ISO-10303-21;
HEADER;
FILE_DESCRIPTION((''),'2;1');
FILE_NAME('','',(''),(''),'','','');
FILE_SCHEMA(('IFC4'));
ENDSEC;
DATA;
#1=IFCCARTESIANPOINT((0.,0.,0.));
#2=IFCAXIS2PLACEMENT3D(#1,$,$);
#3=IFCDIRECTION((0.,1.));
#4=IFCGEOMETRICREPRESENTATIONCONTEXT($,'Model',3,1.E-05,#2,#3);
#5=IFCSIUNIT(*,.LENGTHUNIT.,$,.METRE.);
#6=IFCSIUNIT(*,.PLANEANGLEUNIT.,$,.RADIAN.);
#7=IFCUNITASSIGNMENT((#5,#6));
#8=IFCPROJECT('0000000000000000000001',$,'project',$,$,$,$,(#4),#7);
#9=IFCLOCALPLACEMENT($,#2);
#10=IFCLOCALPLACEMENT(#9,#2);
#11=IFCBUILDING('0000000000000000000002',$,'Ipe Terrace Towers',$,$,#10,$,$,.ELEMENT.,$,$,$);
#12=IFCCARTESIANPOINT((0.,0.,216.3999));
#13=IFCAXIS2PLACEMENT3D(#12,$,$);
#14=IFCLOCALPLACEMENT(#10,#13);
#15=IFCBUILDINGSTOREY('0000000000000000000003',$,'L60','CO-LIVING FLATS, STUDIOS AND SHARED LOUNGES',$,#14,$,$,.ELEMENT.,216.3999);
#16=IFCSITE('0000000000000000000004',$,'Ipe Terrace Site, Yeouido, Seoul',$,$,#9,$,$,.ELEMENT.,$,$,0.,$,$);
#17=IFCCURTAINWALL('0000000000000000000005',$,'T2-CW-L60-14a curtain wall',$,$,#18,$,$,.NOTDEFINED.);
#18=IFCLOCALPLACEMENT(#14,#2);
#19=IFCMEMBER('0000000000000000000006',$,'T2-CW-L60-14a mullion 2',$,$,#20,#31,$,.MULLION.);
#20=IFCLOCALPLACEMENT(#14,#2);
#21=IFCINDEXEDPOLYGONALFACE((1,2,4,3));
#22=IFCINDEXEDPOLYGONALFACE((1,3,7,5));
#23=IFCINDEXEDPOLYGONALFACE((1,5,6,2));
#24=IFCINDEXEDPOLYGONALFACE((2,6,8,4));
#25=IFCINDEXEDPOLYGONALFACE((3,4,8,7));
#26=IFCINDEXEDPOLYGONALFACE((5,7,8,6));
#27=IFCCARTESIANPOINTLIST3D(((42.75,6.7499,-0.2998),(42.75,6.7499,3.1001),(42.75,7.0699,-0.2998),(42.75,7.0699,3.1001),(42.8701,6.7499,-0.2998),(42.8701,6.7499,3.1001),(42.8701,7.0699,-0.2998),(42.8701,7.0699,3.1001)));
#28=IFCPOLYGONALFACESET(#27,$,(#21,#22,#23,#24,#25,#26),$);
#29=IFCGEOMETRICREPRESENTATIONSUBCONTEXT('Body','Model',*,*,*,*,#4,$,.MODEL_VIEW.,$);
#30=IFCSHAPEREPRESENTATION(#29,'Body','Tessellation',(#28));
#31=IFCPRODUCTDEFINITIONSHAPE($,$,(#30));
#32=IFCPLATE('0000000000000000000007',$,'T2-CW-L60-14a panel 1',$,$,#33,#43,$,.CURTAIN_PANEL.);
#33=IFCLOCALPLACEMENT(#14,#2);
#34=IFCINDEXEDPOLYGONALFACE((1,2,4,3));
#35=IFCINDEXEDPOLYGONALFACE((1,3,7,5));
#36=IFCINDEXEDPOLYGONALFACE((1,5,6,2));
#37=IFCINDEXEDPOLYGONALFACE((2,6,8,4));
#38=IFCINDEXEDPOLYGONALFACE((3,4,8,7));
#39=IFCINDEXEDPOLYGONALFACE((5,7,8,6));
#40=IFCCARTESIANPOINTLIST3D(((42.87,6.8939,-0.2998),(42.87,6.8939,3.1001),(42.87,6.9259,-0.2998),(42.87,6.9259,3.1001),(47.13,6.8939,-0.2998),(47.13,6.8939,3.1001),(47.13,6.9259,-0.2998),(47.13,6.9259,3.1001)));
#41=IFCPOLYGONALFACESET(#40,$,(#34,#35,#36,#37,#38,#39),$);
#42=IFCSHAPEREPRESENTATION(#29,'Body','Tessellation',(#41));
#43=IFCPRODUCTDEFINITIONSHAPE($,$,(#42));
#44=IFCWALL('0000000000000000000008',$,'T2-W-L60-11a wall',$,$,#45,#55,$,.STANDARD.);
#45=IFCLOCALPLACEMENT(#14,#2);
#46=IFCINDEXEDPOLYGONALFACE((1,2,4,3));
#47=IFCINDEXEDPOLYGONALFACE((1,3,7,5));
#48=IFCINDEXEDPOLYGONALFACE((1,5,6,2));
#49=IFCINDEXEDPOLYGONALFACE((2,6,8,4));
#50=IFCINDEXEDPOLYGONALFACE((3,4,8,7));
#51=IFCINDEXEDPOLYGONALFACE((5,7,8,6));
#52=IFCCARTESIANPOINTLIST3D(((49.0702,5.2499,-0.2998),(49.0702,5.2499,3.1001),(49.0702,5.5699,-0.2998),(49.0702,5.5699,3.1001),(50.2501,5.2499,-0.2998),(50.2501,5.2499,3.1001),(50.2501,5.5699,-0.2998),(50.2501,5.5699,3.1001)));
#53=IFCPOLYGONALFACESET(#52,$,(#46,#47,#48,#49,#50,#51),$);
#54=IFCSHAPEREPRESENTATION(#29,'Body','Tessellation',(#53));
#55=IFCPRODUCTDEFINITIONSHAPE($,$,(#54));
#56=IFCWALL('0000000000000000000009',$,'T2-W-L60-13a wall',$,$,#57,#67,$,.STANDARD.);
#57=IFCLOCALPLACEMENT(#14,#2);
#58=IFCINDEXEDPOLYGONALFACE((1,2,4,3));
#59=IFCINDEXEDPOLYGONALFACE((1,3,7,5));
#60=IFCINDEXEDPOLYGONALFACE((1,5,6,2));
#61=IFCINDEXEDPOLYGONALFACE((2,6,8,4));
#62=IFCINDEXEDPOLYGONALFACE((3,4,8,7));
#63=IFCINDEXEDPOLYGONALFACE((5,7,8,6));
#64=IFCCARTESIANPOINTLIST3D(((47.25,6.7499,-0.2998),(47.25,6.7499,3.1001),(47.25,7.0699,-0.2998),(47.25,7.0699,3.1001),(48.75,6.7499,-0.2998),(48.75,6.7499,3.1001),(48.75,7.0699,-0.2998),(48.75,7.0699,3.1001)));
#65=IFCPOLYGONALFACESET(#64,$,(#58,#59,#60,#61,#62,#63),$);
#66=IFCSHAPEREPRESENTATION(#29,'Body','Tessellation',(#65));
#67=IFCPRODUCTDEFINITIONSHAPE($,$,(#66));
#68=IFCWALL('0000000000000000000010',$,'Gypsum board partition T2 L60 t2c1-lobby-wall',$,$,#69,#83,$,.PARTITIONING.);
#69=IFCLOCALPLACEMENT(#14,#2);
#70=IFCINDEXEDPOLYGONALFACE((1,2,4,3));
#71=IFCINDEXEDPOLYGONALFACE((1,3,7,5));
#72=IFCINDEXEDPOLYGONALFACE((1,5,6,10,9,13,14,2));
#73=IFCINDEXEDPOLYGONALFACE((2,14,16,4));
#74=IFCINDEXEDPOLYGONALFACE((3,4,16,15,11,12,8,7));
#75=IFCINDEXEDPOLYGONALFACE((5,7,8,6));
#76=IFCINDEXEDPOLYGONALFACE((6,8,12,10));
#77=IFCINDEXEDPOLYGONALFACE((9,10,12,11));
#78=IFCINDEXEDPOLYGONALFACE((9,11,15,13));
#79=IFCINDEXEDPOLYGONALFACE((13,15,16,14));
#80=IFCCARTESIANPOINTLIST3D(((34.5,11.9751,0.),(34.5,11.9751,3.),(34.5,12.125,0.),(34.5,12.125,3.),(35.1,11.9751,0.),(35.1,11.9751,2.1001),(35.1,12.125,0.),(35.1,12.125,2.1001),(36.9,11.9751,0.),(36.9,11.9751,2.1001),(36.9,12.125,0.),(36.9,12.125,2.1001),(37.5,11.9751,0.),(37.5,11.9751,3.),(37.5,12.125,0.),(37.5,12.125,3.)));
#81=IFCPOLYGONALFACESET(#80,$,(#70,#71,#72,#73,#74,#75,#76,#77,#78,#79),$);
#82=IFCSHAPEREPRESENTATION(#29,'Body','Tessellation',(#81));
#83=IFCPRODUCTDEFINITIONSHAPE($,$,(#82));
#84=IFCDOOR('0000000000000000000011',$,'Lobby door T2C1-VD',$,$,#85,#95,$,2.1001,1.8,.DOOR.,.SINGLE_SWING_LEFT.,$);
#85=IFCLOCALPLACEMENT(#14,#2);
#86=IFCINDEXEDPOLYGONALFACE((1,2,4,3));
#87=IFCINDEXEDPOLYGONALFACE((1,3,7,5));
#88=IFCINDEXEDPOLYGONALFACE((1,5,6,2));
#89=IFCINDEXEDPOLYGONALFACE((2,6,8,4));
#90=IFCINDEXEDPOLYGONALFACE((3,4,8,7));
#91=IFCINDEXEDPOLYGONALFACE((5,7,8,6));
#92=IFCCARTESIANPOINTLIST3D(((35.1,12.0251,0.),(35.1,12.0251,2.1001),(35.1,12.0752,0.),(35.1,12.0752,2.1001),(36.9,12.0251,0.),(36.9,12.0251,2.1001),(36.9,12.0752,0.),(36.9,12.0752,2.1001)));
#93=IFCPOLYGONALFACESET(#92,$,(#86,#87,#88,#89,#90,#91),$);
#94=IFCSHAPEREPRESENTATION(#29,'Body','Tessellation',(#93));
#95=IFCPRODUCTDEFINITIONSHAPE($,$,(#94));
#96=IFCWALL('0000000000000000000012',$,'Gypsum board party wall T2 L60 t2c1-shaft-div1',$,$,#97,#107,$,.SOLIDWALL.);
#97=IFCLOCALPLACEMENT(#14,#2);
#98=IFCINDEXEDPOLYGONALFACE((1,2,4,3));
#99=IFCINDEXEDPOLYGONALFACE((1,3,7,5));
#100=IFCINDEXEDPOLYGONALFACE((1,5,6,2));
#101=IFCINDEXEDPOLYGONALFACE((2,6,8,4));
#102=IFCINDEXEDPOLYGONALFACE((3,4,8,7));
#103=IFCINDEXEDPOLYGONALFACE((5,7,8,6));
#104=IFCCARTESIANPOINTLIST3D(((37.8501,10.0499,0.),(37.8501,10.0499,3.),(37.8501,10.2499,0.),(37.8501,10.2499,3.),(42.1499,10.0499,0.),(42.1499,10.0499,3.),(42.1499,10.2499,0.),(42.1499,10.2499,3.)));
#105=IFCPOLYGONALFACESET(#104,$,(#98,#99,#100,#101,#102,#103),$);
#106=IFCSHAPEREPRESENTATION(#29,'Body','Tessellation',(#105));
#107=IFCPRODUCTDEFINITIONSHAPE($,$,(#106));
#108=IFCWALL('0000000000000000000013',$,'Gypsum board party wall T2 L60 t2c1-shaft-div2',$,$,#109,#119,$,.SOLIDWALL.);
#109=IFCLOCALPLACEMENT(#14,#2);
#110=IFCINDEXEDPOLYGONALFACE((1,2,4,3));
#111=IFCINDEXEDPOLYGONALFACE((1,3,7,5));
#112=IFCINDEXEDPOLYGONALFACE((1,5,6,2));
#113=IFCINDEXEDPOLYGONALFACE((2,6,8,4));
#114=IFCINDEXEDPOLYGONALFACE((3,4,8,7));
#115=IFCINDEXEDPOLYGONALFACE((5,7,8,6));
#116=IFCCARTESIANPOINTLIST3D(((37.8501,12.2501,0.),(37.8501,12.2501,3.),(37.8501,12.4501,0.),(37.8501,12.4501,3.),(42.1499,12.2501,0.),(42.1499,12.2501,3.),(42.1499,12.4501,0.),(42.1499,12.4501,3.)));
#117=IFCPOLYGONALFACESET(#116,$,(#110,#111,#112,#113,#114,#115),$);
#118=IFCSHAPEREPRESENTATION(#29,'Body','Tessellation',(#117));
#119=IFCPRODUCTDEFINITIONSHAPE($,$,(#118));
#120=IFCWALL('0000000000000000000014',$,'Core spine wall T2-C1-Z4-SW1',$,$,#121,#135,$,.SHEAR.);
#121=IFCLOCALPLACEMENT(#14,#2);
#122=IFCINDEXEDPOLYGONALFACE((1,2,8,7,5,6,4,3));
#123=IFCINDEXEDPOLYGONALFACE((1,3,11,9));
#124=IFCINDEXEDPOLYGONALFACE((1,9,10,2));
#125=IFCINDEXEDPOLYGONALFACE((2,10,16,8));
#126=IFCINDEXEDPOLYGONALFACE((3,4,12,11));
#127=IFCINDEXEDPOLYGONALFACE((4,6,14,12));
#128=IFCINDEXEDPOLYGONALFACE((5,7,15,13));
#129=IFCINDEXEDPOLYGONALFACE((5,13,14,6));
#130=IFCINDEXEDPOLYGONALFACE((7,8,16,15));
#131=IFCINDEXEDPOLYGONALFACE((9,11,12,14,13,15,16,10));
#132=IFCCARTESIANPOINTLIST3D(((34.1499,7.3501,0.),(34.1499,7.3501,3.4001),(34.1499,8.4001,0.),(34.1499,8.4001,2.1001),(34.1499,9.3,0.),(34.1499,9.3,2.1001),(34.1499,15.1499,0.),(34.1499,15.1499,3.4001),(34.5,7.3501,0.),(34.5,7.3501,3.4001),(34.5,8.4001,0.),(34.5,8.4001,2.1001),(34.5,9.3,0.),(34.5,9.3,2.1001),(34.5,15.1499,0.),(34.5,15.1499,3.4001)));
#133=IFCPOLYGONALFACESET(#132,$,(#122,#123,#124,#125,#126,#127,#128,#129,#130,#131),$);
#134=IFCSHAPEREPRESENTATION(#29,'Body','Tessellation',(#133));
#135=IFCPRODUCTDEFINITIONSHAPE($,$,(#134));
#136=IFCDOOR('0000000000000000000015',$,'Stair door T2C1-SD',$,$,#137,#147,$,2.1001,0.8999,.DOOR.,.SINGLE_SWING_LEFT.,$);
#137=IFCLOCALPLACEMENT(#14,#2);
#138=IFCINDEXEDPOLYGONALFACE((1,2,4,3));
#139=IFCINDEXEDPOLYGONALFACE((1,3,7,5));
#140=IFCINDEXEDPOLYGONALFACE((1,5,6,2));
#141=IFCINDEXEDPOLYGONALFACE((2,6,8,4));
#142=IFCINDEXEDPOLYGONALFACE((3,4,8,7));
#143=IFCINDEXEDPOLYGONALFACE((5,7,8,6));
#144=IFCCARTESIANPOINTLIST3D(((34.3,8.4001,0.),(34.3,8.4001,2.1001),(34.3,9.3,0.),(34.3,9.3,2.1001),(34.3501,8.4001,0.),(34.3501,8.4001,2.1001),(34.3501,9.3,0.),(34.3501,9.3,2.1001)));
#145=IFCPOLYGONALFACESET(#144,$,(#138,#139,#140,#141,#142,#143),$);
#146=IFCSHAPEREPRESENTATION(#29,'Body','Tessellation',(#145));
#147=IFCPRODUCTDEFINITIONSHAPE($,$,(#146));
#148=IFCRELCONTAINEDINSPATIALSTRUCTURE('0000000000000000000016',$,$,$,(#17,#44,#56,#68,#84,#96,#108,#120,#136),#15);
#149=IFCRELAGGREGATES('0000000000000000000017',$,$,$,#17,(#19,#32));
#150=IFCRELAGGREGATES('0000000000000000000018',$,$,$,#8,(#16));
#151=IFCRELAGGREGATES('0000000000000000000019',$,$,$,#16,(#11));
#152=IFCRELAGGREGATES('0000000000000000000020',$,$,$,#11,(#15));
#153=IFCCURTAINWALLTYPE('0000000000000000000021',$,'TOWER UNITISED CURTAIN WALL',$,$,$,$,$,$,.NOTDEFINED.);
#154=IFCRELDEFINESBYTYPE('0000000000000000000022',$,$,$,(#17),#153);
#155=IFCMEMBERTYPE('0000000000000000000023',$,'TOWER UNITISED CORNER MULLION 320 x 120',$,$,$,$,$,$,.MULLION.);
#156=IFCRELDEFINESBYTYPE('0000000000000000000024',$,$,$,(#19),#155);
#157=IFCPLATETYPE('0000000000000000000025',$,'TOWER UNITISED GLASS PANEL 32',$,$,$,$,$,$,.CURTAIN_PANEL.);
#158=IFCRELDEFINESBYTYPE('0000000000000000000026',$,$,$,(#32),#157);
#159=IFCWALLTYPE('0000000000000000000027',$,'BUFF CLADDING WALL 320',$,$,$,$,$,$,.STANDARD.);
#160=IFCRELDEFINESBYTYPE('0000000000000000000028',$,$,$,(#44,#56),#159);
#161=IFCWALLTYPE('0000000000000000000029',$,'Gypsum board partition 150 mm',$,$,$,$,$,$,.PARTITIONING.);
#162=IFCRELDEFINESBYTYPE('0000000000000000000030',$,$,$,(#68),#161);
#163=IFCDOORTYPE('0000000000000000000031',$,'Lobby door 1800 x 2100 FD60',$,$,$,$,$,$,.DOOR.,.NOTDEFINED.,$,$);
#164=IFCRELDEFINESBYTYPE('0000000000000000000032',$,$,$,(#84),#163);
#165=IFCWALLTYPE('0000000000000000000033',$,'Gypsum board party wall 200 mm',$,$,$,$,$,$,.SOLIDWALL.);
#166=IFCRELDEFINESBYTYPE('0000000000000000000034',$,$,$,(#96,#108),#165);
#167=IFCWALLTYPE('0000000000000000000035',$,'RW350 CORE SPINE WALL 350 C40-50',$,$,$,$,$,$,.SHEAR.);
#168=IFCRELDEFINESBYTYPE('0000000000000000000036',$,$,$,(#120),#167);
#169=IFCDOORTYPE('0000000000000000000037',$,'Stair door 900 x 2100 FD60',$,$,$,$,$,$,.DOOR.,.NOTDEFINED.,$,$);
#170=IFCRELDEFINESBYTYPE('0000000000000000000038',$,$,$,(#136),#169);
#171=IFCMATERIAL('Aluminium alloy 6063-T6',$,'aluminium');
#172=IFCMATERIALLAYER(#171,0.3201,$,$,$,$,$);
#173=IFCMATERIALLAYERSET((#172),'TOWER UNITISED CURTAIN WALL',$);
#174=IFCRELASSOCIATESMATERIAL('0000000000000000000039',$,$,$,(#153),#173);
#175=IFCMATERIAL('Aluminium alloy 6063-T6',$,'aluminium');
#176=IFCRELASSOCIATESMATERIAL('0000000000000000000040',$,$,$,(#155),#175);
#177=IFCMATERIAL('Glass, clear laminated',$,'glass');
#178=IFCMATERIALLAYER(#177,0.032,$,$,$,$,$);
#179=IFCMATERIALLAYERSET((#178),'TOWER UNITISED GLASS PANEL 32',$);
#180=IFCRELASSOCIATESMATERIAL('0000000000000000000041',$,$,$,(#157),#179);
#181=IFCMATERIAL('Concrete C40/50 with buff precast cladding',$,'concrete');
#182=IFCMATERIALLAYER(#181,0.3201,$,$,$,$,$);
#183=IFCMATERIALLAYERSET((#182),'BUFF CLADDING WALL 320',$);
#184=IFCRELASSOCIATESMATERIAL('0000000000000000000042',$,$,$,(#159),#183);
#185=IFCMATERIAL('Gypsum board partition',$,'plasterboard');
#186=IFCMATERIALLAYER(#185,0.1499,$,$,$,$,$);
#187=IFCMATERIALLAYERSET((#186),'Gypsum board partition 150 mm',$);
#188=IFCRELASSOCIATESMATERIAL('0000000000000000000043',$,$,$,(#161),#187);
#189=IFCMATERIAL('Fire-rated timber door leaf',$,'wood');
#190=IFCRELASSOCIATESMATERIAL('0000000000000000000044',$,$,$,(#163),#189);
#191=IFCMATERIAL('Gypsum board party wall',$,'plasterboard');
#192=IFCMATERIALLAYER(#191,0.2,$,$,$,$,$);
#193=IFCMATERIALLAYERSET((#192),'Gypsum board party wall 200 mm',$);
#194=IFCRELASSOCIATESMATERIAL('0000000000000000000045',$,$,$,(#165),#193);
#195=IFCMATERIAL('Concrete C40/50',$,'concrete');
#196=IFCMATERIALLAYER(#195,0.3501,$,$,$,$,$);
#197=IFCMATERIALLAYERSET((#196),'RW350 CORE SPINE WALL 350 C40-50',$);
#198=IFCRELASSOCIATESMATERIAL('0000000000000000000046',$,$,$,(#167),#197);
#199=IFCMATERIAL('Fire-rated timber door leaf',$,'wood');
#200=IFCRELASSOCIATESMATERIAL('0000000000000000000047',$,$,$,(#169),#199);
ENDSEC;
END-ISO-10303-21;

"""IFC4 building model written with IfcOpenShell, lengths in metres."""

from ifc_helpers import new_model, si_unit, direction, frame, frame_2d, origin, origin_2d, place, context, subcontext, project, spatial, rectangle, extrude, material, layer, layer_set, material_profile, profile_set, type_object, element, fill, aggregate, save


model = new_model("IFC4")

# Units and contexts
model_context = context("Model", 3, precision=1e-05, world=origin(), true_north=direction((0.0, 1.0)))
body_context = subcontext(model_context, "Body", "Model", "MODEL_VIEW")
ifc_project = project(units=[si_unit("LENGTHUNIT", "METRE"), si_unit("PLANEANGLEUNIT", "RADIAN")], contexts=[model_context])

# Site, building, storey
site_placement = place(None, origin())
site = spatial("IfcSite", under=ifc_project, at=site_placement, Name="Ipe Terrace Site, Yeouido, Seoul", CompositionType="ELEMENT", RefElevation=0.0)
building_placement = place(site_placement, origin())
building = spatial("IfcBuilding", under=site, at=building_placement, Name="Ipe Terrace Towers", CompositionType="ELEMENT")
storey_placement = place(building_placement, frame((0.0, 0.0, 216.3999)))
storey = spatial("IfcBuildingStorey", under=building, at=storey_placement, Name="L60", Description="CO-LIVING FLATS, STUDIOS AND SHARED LOUNGES", CompositionType="ELEMENT", Elevation=216.3999)

# Curtain wall, member, plate
ifc_material_1 = material(Name="Aluminium alloy 6063-T6", Category="aluminium")
ifc_layer_1 = layer(ifc_material_1, 0.3201)
ifc_layer_set_1 = layer_set([ifc_layer_1], Name="TOWER UNITISED CURTAIN WALL")
curtain_wall_type = type_object("IfcCurtainWallType", Name="TOWER UNITISED CURTAIN WALL", PredefinedType="NOTDEFINED", material=ifc_layer_set_1)
curtain_wall_placement = place(storey_placement, origin())
curtain_wall = element("IfcCurtainWall", 1, at=curtain_wall_placement, inside=storey, type_object=curtain_wall_type, Name="T2-CW-L60-14a curtain wall", PredefinedType="NOTDEFINED")
ifc_material_2 = material(Name="Aluminium alloy 6063-T6", Category="aluminium")
ifc_material_profile_1 = material_profile(ifc_material_2, rectangle(XDim=0.3201, YDim=0.1201, at=origin_2d()), Name="TOWER UNITISED CORNER MULLION 320 x 120")
ifc_profile_set_1 = profile_set([ifc_material_profile_1], Name="Aluminium alloy 6063-T6")
member_type = type_object("IfcMemberType", Name="TOWER UNITISED CORNER MULLION 320 x 120", PredefinedType="MULLION", material=ifc_profile_set_1)
member_1_placement = place(storey_placement, frame((42.8101, 6.9099, -0.2998), z_axis=(0.0, 0.0, 1.0), x_axis=(0.0, 1.0, 0.0)))
member_1 = element("IfcMember", 2, at=member_1_placement, type_object=member_type, Name="T2-CW-L60-14a mullion 2", PredefinedType="MULLION", context=body_context, shape_type="SweptSolid", body=[
    extrude(rectangle(XDim=0.3201, YDim=0.1201, at=origin_2d()), origin(), (0.0, 0.0, 1.0), 3.3999),
])
ifc_material_3 = material(Name="Glass, clear laminated", Category="glass")
ifc_layer_2 = layer(ifc_material_3, 0.032)
ifc_layer_set_2 = layer_set([ifc_layer_2], Name="TOWER UNITISED GLASS PANEL 32")
plate_type = type_object("IfcPlateType", Name="TOWER UNITISED GLASS PANEL 32", PredefinedType="CURTAIN_PANEL", material=ifc_layer_set_2)
plate_placement = place(storey_placement, frame((45.0, 6.9099, -0.2998), z_axis=(0.0, 0.0, 1.0), x_axis=(-1.0, 0.0, 0.0)))
plate = element("IfcPlate", 3, at=plate_placement, type_object=plate_type, Name="T2-CW-L60-14a panel 1", PredefinedType="CURTAIN_PANEL", context=body_context, shape_type="SweptSolid", body=[
    extrude(rectangle(XDim=4.26, YDim=0.032, at=origin_2d()), origin(), (0.0, 0.0, 1.0), 3.3999),
])
aggregate(curtain_wall, [member_1, plate])

# Walls
ifc_material_4 = material(Name="Concrete C40/50 with buff precast cladding", Category="concrete")
ifc_layer_3 = layer(ifc_material_4, 0.3201)
ifc_layer_set_3 = layer_set([ifc_layer_3], Name="BUFF CLADDING WALL 320")
wall_type_1 = type_object("IfcWallType", Name="BUFF CLADDING WALL 320", PredefinedType="STANDARD", material=ifc_layer_set_3)
wall_1_placement = place(storey_placement, frame((50.25, 5.4099, -0.2998), z_axis=(0.0, 0.0, 1.0), x_axis=(-1.0, 0.0, 0.0)))
element("IfcWall", 4, at=wall_1_placement, inside=storey, type_object=wall_type_1, Name="T2-W-L60-11a wall", PredefinedType="STANDARD", context=body_context, shape_type="SweptSolid", body=[
    extrude(rectangle(XDim=1.1799, YDim=0.3201, at=frame_2d((0.5898, 0.0))), origin(), (0.0, 0.0, 1.0), 3.3999),
])
wall_2_placement = place(storey_placement, frame((48.75, 6.9099, -0.2998), z_axis=(0.0, 0.0, 1.0), x_axis=(-1.0, 0.0, 0.0)))
element("IfcWall", 5, at=wall_2_placement, inside=storey, type_object=wall_type_1, Name="T2-W-L60-13a wall", PredefinedType="STANDARD", context=body_context, shape_type="SweptSolid", body=[
    extrude(rectangle(XDim=1.5, YDim=0.3201, at=frame_2d((0.75, 0.0))), origin(), (0.0, 0.0, 1.0), 3.3999),
])

# Wall, opening, door
ifc_material_5 = material(Name="Gypsum board partition", Category="plasterboard")
ifc_layer_4 = layer(ifc_material_5, 0.1499)
ifc_layer_set_4 = layer_set([ifc_layer_4], Name="Gypsum board partition 150 mm")
wall_type_2 = type_object("IfcWallType", Name="Gypsum board partition 150 mm", PredefinedType="PARTITIONING", material=ifc_layer_set_4)
wall_3_placement = place(storey_placement, frame((37.5, 12.05, 0.0), z_axis=(0.0, 0.0, 1.0), x_axis=(-1.0, 0.0, 0.0)))
wall_3 = element("IfcWall", 6, at=wall_3_placement, inside=storey, type_object=wall_type_2, Name="Gypsum board partition T2 L60 t2c1-lobby-wall", PredefinedType="PARTITIONING", context=body_context, shape_type="SweptSolid", body=[
    extrude(rectangle(XDim=3.0, YDim=0.1499, at=frame_2d((1.5, 0.0))), origin(), (0.0, 0.0, 1.0), 3.0),
])
opening_1_placement = place(wall_3_placement, frame((0.6001, 0.0, 0.0)))
opening_1 = element("IfcOpeningElement", 7, at=opening_1_placement, cuts=wall_3, PredefinedType="OPENING", context=body_context, shape_type="SweptSolid", body=[
    extrude(rectangle(XDim=1.8, YDim=2.1001, at=frame_2d((0.8999, 1.05))), frame((0.0, 0.085, 0.0), z_axis=(0.0, -1.0, 0.0), x_axis=(1.0, 0.0, 0.0)), (0.0, 0.0, 1.0), 0.1699),
])
ifc_material_6 = material(Name="Fire-rated timber door leaf", Category="wood")
door_type_1 = type_object("IfcDoorType", Name="Lobby door 1800 x 2100 FD60", OperationType="NOTDEFINED", PredefinedType="DOOR", material=ifc_material_6)
door_1_placement = place(opening_1_placement, origin())
door_1 = element("IfcDoor", 8, at=door_1_placement, inside=storey, type_object=door_type_1, Name="Lobby door T2C1-VD", OperationType="SINGLE_SWING_LEFT", OverallHeight=2.1001, OverallWidth=1.8, PredefinedType="DOOR", context=body_context, shape_type="SweptSolid", body=[
    extrude(rectangle(XDim=1.8, YDim=2.1001, at=frame_2d((0.8999, 1.05))), frame((0.0, 0.0249, 0.0), z_axis=(0.0, -1.0, 0.0), x_axis=(1.0, 0.0, 0.0)), (0.0, 0.0, 1.0), 0.05),
])
fill(opening_1, door_1)

# Walls
ifc_material_7 = material(Name="Gypsum board party wall", Category="plasterboard")
ifc_layer_5 = layer(ifc_material_7, 0.2)
ifc_layer_set_5 = layer_set([ifc_layer_5], Name="Gypsum board party wall 200 mm")
wall_type_3 = type_object("IfcWallType", Name="Gypsum board party wall 200 mm", PredefinedType="SOLIDWALL", material=ifc_layer_set_5)
for number, where, z_axis, x_axis, name in (
    (9, (42.1499, 10.1499, 0.0), (0.0, 0.0, 1.0), (-1.0, 0.0, 0.0), "Gypsum board party wall T2 L60 t2c1-shaft-div1"),
    (10, (42.1499, 12.3501, 0.0), (0.0, 0.0, 1.0), (-1.0, 0.0, 0.0), "Gypsum board party wall T2 L60 t2c1-shaft-div2"),
):
    element("IfcWall", number, at=place(storey_placement, frame(where, z_axis=z_axis, x_axis=x_axis)), inside=storey, type_object=wall_type_3, Name=name, PredefinedType="SOLIDWALL", context=body_context, shape_type="SweptSolid", body=[
        extrude(rectangle(XDim=4.2998, YDim=0.2, at=frame_2d((2.1499, 0.0))), origin(), (0.0, 0.0, 1.0), 3.0),
    ])

# Wall, opening, door
ifc_material_8 = material(Name="Concrete C40/50", Category="concrete")
ifc_layer_6 = layer(ifc_material_8, 0.3501)
ifc_layer_set_6 = layer_set([ifc_layer_6], Name="RW350 CORE SPINE WALL 350 C40-50")
wall_type_4 = type_object("IfcWallType", Name="RW350 CORE SPINE WALL 350 C40-50", PredefinedType="SHEAR", material=ifc_layer_set_6)
wall_4_placement = place(storey_placement, frame((34.325, 7.3501, 0.0), z_axis=(0.0, 0.0, 1.0), x_axis=(0.0, 1.0, 0.0)))
wall_4 = element("IfcWall", 11, at=wall_4_placement, inside=storey, type_object=wall_type_4, Name="Core spine wall T2-C1-Z4-SW1", PredefinedType="SHEAR", context=body_context, shape_type="SweptSolid", body=[
    extrude(rectangle(XDim=7.7998, YDim=0.3501, at=frame_2d((3.8999, 0.0))), origin(), (0.0, 0.0, 1.0), 3.4001),
])
opening_2_placement = place(wall_4_placement, frame((1.05, 0.0, 0.0)))
opening_2 = element("IfcOpeningElement", 12, at=opening_2_placement, cuts=wall_4, PredefinedType="OPENING", context=body_context, shape_type="SweptSolid", body=[
    extrude(rectangle(XDim=0.8999, YDim=2.1001, at=frame_2d((0.45, 1.05))), frame((0.0, 0.1851, 0.0), z_axis=(0.0, -1.0, 0.0), x_axis=(1.0, 0.0, 0.0)), (0.0, 0.0, 1.0), 0.3701),
])
ifc_material_9 = material(Name="Fire-rated timber door leaf", Category="wood")
door_type_2 = type_object("IfcDoorType", Name="Stair door 900 x 2100 FD60", OperationType="NOTDEFINED", PredefinedType="DOOR", material=ifc_material_9)
door_2_placement = place(opening_2_placement, origin())
door_2 = element("IfcDoor", 13, at=door_2_placement, inside=storey, type_object=door_type_2, Name="Stair door T2C1-SD", OperationType="SINGLE_SWING_LEFT", OverallHeight=2.1001, OverallWidth=0.8999, PredefinedType="DOOR", context=body_context, shape_type="SweptSolid", body=[
    extrude(rectangle(XDim=0.8999, YDim=2.1001, at=frame_2d((0.45, 1.05))), frame((0.0, 0.0249, 0.0), z_axis=(0.0, -1.0, 0.0), x_axis=(1.0, 0.0, 0.0)), (0.0, 0.0, 1.0), 0.05),
])
fill(opening_2, door_2)

save(model, "model.ifc")
